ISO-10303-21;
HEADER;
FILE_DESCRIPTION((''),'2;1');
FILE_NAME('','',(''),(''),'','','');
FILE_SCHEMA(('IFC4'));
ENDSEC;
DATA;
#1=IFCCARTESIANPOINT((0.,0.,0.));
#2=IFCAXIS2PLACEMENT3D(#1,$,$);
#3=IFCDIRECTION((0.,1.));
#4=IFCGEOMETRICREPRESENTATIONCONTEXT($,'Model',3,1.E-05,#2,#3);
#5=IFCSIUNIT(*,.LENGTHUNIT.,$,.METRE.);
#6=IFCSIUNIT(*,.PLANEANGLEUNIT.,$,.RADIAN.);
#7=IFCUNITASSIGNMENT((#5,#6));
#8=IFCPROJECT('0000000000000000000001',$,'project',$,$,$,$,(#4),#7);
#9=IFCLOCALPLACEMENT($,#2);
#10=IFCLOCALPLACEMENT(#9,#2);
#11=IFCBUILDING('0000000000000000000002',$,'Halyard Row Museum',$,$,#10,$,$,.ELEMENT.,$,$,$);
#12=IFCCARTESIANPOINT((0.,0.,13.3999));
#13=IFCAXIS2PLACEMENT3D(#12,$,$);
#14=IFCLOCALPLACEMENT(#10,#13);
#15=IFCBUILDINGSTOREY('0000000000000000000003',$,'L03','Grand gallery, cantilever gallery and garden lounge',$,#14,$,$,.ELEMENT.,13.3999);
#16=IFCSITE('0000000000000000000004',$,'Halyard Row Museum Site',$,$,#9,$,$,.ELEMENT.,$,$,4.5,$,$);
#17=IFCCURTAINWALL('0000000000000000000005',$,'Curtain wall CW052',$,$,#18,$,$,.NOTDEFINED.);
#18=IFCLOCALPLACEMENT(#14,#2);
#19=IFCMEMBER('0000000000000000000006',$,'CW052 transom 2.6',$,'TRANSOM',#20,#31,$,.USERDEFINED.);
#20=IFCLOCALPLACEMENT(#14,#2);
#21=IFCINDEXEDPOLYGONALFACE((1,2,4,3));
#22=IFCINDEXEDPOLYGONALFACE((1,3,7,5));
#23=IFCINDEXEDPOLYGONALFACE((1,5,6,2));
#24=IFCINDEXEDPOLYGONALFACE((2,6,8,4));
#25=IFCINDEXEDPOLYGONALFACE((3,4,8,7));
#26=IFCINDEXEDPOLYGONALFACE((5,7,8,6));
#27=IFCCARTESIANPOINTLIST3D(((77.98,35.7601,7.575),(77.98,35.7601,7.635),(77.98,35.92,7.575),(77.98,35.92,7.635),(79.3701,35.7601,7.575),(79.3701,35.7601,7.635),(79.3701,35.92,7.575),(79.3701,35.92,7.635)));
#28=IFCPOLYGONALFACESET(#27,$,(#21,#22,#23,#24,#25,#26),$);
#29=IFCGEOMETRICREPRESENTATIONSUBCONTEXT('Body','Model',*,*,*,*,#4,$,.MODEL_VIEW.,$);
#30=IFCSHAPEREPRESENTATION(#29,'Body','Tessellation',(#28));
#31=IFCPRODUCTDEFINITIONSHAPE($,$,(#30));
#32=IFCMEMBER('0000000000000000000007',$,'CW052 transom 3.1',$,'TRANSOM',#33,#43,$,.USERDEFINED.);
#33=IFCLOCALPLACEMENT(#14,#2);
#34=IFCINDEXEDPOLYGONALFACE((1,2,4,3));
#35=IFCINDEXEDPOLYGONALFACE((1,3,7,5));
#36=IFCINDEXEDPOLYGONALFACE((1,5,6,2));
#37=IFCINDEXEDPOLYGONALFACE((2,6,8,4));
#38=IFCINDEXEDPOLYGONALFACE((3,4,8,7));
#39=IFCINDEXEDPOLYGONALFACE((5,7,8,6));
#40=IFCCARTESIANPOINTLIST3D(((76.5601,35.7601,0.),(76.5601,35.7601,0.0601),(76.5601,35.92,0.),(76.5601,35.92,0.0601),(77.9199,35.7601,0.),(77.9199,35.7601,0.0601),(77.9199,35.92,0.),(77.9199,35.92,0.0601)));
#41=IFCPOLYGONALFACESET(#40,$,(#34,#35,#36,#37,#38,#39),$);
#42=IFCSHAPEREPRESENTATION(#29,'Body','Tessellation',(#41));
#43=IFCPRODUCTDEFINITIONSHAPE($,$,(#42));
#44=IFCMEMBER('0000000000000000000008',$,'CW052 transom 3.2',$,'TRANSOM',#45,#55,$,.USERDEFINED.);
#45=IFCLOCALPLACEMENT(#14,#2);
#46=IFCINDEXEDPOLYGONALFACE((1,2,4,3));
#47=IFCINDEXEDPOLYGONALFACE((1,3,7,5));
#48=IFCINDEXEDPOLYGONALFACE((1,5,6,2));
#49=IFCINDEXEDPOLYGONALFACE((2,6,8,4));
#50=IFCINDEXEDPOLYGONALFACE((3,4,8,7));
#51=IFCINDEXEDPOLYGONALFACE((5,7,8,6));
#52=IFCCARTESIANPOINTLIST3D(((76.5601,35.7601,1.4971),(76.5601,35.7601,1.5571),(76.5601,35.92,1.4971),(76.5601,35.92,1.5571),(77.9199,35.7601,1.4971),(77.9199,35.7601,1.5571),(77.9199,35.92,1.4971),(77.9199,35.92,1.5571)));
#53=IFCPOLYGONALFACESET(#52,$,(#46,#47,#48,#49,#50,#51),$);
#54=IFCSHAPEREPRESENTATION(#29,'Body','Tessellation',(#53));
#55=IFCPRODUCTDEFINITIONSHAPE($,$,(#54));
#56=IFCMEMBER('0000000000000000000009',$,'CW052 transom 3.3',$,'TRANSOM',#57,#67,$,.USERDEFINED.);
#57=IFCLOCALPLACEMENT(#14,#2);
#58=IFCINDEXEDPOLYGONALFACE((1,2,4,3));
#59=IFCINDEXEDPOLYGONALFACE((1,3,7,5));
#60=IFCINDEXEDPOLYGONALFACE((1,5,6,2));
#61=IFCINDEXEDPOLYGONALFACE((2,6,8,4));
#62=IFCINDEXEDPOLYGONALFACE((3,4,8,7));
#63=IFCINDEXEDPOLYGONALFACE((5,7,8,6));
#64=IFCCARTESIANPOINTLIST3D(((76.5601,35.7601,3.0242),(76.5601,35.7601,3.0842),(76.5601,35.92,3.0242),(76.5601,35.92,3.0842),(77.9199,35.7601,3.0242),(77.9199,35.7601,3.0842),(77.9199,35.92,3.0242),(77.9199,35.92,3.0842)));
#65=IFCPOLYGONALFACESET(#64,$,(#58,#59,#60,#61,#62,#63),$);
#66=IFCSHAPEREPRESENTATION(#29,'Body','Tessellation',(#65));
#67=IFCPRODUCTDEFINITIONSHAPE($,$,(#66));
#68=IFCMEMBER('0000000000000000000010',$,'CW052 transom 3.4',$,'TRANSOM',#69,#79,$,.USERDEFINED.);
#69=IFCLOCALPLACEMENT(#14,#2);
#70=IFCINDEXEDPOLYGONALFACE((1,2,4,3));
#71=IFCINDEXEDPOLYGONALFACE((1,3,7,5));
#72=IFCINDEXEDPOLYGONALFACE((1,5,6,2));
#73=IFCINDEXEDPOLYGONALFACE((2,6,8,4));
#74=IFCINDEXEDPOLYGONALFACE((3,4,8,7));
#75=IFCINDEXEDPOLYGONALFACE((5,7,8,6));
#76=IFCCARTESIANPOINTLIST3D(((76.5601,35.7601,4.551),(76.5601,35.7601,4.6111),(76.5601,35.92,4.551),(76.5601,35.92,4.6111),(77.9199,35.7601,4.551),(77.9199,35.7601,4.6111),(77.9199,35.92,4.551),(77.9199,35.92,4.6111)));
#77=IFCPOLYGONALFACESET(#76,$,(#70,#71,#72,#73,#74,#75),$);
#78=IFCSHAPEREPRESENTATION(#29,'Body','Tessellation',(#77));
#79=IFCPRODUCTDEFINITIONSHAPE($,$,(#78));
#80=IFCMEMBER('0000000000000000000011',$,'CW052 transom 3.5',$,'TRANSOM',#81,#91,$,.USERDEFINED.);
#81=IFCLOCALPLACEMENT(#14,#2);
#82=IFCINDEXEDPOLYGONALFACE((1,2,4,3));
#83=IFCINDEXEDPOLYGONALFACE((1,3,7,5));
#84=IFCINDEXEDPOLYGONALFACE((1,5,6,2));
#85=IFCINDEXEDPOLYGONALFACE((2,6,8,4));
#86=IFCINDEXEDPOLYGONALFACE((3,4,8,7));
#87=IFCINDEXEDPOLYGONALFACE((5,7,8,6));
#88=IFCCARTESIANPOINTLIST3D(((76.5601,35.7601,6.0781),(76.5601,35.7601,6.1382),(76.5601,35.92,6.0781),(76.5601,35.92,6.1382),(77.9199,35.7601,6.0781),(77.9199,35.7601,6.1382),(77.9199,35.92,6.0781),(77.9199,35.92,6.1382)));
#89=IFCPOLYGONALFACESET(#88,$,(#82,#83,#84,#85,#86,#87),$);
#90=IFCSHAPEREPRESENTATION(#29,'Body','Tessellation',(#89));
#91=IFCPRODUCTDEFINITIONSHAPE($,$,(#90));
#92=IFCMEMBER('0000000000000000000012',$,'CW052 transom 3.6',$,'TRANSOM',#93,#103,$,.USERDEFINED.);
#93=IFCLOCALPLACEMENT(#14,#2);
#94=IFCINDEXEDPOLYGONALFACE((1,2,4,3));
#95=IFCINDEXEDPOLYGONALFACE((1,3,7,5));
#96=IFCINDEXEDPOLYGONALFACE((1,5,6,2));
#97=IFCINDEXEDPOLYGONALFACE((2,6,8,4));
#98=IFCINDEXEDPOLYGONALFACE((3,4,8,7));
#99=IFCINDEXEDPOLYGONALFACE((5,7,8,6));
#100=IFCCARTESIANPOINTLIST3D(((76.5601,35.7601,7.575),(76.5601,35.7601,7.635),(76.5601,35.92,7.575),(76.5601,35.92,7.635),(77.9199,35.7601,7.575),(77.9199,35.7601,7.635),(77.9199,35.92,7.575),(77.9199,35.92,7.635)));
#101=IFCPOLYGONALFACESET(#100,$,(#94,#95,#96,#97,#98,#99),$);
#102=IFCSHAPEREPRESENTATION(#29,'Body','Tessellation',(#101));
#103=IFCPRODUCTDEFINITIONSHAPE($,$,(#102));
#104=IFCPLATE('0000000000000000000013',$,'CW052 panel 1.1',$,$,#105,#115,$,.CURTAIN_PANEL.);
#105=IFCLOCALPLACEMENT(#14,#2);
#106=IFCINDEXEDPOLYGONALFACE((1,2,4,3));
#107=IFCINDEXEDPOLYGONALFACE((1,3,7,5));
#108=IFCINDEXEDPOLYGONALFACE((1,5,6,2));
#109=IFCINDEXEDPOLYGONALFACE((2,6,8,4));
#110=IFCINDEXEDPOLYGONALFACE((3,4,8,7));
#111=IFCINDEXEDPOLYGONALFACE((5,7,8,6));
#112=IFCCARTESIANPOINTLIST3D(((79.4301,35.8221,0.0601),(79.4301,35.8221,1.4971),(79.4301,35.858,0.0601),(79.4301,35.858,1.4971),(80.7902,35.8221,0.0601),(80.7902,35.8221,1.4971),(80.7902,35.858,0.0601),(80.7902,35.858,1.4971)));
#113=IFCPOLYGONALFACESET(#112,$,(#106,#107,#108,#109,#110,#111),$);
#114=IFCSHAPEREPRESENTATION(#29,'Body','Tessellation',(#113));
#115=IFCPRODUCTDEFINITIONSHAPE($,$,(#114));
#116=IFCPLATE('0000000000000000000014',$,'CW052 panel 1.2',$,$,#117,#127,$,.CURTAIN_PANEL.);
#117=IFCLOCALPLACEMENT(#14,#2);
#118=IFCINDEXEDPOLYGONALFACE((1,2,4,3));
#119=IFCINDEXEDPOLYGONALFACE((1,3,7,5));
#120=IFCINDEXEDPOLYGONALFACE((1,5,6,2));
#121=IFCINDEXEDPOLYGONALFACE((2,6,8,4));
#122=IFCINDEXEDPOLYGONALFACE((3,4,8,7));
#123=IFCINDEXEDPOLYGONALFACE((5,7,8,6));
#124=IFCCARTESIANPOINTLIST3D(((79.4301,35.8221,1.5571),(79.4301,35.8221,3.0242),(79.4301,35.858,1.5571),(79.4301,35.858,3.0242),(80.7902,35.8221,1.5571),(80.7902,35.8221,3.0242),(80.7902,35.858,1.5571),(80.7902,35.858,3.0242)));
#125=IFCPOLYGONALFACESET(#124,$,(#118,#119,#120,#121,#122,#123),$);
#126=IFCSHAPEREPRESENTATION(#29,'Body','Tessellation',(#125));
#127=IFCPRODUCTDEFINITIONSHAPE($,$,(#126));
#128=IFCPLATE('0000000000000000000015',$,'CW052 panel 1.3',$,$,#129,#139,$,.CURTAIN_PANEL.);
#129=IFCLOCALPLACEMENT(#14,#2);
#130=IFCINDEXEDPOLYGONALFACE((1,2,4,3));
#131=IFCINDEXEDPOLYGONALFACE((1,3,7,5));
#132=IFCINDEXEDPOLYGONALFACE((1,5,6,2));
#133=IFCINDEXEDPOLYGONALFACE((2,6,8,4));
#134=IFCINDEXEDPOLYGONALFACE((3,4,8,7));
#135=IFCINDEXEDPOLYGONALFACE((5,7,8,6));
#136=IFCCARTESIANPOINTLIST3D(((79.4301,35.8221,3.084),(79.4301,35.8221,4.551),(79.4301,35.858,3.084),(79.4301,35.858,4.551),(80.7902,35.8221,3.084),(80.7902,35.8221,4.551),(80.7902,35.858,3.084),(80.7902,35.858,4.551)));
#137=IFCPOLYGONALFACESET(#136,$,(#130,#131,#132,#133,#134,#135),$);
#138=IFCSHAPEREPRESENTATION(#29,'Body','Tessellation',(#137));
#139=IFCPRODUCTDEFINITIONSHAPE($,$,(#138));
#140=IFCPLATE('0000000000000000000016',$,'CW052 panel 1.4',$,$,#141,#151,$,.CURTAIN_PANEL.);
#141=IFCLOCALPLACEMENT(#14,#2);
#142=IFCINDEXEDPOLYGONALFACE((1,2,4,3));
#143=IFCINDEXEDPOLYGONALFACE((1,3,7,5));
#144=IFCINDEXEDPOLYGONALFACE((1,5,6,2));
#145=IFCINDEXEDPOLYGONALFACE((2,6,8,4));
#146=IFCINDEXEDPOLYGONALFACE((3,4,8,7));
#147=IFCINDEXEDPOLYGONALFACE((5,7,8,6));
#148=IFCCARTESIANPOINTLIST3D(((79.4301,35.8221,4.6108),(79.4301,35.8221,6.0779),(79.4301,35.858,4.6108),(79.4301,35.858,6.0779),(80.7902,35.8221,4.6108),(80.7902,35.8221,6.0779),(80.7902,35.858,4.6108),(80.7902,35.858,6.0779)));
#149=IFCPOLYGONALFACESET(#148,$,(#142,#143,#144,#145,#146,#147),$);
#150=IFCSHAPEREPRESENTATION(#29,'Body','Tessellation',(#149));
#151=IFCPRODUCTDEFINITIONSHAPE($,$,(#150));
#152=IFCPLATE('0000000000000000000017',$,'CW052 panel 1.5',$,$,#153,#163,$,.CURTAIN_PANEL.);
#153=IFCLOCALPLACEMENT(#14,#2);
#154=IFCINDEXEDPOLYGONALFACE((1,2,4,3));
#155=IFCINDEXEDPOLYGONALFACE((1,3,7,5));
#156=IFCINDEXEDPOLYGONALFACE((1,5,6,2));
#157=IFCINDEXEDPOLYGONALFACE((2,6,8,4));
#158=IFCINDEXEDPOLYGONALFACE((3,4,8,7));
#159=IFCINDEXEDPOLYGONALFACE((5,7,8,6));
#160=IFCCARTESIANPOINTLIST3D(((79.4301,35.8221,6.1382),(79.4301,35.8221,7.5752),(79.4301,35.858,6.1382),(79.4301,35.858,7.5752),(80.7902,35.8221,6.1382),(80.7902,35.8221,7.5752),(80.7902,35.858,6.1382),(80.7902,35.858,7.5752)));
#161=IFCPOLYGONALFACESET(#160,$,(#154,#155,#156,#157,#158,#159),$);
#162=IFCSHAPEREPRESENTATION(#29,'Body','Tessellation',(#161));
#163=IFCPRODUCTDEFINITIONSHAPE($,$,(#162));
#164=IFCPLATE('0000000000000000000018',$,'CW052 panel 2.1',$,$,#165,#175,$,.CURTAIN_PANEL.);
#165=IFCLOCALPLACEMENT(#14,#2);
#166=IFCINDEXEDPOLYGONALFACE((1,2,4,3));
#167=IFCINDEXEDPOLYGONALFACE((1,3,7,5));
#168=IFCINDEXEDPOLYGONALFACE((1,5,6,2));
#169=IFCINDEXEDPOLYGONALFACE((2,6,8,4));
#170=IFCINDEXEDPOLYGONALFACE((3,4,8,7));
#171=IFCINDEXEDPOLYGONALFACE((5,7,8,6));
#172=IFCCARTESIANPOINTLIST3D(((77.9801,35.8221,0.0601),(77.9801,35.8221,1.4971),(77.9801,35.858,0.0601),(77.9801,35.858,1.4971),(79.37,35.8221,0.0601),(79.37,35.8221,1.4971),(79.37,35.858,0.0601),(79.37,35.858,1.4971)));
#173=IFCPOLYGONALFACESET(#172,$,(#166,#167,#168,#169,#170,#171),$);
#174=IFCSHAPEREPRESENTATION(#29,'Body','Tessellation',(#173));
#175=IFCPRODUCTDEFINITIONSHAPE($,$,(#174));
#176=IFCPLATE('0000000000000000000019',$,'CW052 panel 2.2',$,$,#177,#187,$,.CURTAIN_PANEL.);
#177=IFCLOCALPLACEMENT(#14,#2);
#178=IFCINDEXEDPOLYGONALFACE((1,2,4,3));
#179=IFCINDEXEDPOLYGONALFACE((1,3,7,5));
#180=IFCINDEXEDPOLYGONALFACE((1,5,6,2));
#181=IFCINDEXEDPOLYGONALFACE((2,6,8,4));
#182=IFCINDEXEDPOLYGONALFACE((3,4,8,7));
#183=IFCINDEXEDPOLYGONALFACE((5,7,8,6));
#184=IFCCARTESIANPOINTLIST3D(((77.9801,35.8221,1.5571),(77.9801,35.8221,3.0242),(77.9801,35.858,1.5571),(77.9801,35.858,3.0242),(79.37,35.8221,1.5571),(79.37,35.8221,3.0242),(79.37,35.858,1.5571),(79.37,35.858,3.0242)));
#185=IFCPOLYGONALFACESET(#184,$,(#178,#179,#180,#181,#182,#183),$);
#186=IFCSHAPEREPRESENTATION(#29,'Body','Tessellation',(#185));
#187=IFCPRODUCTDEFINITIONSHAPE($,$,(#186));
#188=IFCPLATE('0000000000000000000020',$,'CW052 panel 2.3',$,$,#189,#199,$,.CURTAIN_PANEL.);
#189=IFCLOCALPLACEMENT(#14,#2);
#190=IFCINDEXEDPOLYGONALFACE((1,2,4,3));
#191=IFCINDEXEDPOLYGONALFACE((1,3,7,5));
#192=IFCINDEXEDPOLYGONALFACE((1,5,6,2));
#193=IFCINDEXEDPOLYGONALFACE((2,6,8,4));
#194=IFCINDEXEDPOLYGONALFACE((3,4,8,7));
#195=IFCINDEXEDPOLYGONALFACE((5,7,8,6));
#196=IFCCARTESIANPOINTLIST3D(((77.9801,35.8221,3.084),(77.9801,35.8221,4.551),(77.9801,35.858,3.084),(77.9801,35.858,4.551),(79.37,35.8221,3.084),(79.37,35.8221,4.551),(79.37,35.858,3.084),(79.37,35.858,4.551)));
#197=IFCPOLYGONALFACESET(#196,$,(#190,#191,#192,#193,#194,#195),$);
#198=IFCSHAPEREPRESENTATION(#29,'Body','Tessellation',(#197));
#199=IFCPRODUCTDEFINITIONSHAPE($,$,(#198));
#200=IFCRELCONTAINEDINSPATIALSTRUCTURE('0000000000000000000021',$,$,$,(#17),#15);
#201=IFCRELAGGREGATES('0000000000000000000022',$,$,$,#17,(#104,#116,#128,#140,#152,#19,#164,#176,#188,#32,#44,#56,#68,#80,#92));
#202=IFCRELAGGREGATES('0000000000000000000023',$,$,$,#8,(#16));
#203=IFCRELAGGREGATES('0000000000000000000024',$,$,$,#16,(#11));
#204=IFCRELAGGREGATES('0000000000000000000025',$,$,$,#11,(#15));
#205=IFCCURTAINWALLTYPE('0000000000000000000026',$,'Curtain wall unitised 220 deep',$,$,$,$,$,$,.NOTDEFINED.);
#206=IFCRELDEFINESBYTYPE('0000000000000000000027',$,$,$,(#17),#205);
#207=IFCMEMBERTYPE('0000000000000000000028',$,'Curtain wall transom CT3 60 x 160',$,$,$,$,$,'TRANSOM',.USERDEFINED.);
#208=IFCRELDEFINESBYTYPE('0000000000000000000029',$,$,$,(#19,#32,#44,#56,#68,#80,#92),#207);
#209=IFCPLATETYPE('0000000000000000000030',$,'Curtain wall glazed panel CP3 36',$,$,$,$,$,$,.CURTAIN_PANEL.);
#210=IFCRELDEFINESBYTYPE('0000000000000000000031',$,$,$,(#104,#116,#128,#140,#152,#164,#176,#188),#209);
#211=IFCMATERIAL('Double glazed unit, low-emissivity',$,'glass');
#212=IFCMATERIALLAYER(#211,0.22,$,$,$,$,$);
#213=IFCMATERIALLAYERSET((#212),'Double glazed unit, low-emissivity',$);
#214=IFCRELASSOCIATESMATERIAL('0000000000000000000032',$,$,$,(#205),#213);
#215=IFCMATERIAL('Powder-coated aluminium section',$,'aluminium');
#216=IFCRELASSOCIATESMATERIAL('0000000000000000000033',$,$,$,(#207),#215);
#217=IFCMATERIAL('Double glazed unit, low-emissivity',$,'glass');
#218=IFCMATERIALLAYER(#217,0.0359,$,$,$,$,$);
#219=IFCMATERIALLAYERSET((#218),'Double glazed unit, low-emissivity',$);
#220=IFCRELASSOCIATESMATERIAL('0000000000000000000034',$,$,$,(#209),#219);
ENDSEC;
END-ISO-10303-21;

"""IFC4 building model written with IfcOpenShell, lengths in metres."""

from ifc_helpers import new_model, si_unit, direction, frame, origin, origin_2d, place, context, subcontext, project, spatial, rectangle, extrude, material, layer, layer_set, material_profile, profile_set, type_object, element, aggregate, save


model = new_model("IFC4")

# Units and contexts
model_context = context("Model", 3, precision=1e-05, world=origin(), true_north=direction((0.0, 1.0)))
body_context = subcontext(model_context, "Body", "Model", "MODEL_VIEW")
ifc_project = project(units=[si_unit("LENGTHUNIT", "METRE"), si_unit("PLANEANGLEUNIT", "RADIAN")], contexts=[model_context])

# Site, building, storey
site_placement = place(None, origin())
site = spatial("IfcSite", under=ifc_project, at=site_placement, Name="Halyard Row Museum Site", CompositionType="ELEMENT", RefElevation=4.5)
building_placement = place(site_placement, origin())
building = spatial("IfcBuilding", under=site, at=building_placement, Name="Halyard Row Museum", CompositionType="ELEMENT")
storey_placement = place(building_placement, frame((0.0, 0.0, 13.3999)))
storey = spatial("IfcBuildingStorey", under=building, at=storey_placement, Name="L03", Description="Grand gallery, cantilever gallery and garden lounge", CompositionType="ELEMENT", Elevation=13.3999)

# Curtain wall, members, plates
ifc_material_1 = material(Name="Double glazed unit, low-emissivity", Category="glass")
ifc_layer_1 = layer(ifc_material_1, 0.22)
ifc_layer_set_1 = layer_set([ifc_layer_1], Name="Double glazed unit, low-emissivity")
curtain_wall_type = type_object("IfcCurtainWallType", Name="Curtain wall unitised 220 deep", PredefinedType="NOTDEFINED", material=ifc_layer_set_1)
curtain_wall_placement = place(storey_placement, origin())
curtain_wall = element("IfcCurtainWall", 1, at=curtain_wall_placement, inside=storey, type_object=curtain_wall_type, Name="Curtain wall CW052", PredefinedType="NOTDEFINED")
ifc_material_2 = material(Name="Powder-coated aluminium section", Category="aluminium")
ifc_material_profile_1 = material_profile(ifc_material_2, rectangle(XDim=0.1599, YDim=0.0601, at=origin_2d()), Name="160x60 transom")
ifc_profile_set_1 = profile_set([ifc_material_profile_1], Name="Powder-coated aluminium section")
member_type_1 = type_object("IfcMemberType", Name="Curtain wall transom CT3 60 x 160", ElementType="TRANSOM", PredefinedType="USERDEFINED", material=ifc_profile_set_1)
member_1_placement = place(storey_placement, frame((79.3701, 35.8401, 7.605), z_axis=(-1.0, 0.0, 0.0), x_axis=(0.0, -1.0, 0.0)))
member_1 = element("IfcMember", 2, at=member_1_placement, type_object=member_type_1, Name="CW052 transom 2.6", ObjectType="TRANSOM", PredefinedType="USERDEFINED", context=body_context, shape_type="SweptSolid", body=[
    extrude(rectangle(XDim=0.1599, YDim=0.0601, at=origin_2d()), origin(), (0.0, 0.0, 1.0), 1.3901),
])
member_2_placement = place(storey_placement, frame((77.9199, 35.8401, 0.03), z_axis=(-1.0, 0.0, 0.0), x_axis=(0.0, -1.0, 0.0)))
member_2 = element("IfcMember", 3, at=member_2_placement, type_object=member_type_1, Name="CW052 transom 3.1", ObjectType="TRANSOM", PredefinedType="USERDEFINED", context=body_context, shape_type="SweptSolid", body=[
    extrude(rectangle(XDim=0.1599, YDim=0.0601, at=origin_2d()), origin(), (0.0, 0.0, 1.0), 1.3599),
])
member_3_placement = place(storey_placement, frame((77.9199, 35.8401, 1.5271), z_axis=(-1.0, 0.0, 0.0), x_axis=(0.0, -1.0, 0.0)))
member_3 = element("IfcMember", 4, at=member_3_placement, type_object=member_type_1, Name="CW052 transom 3.2", ObjectType="TRANSOM", PredefinedType="USERDEFINED", context=body_context, shape_type="SweptSolid", body=[
    extrude(rectangle(XDim=0.1599, YDim=0.0601, at=origin_2d()), origin(), (0.0, 0.0, 1.0), 1.3599),
])
member_4_placement = place(storey_placement, frame((77.9199, 35.8401, 3.0542), z_axis=(-1.0, 0.0, 0.0), x_axis=(0.0, -1.0, 0.0)))
member_4 = element("IfcMember", 5, at=member_4_placement, type_object=member_type_1, Name="CW052 transom 3.3", ObjectType="TRANSOM", PredefinedType="USERDEFINED", context=body_context, shape_type="SweptSolid", body=[
    extrude(rectangle(XDim=0.1599, YDim=0.0601, at=origin_2d()), origin(), (0.0, 0.0, 1.0), 1.3599),
])
member_5_placement = place(storey_placement, frame((77.9199, 35.8401, 4.5811), z_axis=(-1.0, 0.0, 0.0), x_axis=(0.0, -1.0, 0.0)))
member_5 = element("IfcMember", 6, at=member_5_placement, type_object=member_type_1, Name="CW052 transom 3.4", ObjectType="TRANSOM", PredefinedType="USERDEFINED", context=body_context, shape_type="SweptSolid", body=[
    extrude(rectangle(XDim=0.1599, YDim=0.0601, at=origin_2d()), origin(), (0.0, 0.0, 1.0), 1.3599),
])
member_6_placement = place(storey_placement, frame((77.9199, 35.8401, 6.1082), z_axis=(-1.0, 0.0, 0.0), x_axis=(0.0, -1.0, 0.0)))
member_6 = element("IfcMember", 7, at=member_6_placement, type_object=member_type_1, Name="CW052 transom 3.5", ObjectType="TRANSOM", PredefinedType="USERDEFINED", context=body_context, shape_type="SweptSolid", body=[
    extrude(rectangle(XDim=0.1599, YDim=0.0601, at=origin_2d()), origin(), (0.0, 0.0, 1.0), 1.3599),
])
member_7_placement = place(storey_placement, frame((77.9199, 35.8401, 7.605), z_axis=(-1.0, 0.0, 0.0), x_axis=(0.0, -1.0, 0.0)))
member_7 = element("IfcMember", 8, at=member_7_placement, type_object=member_type_1, Name="CW052 transom 3.6", ObjectType="TRANSOM", PredefinedType="USERDEFINED", context=body_context, shape_type="SweptSolid", body=[
    extrude(rectangle(XDim=0.1599, YDim=0.0601, at=origin_2d()), origin(), (0.0, 0.0, 1.0), 1.3599),
])
ifc_material_3 = material(Name="Double glazed unit, low-emissivity", Category="glass")
ifc_layer_2 = layer(ifc_material_3, 0.0359)
ifc_layer_set_2 = layer_set([ifc_layer_2], Name="Double glazed unit, low-emissivity")
plate_type = type_object("IfcPlateType", Name="Curtain wall glazed panel CP3 36", PredefinedType="CURTAIN_PANEL", material=ifc_layer_set_2)
plate_1_placement = place(storey_placement, frame((80.1101, 35.8401, 0.0601), z_axis=(0.0, 0.0, 1.0), x_axis=(-1.0, 0.0, 0.0)))
plate_1 = element("IfcPlate", 9, at=plate_1_placement, type_object=plate_type, Name="CW052 panel 1.1", PredefinedType="CURTAIN_PANEL", context=body_context, shape_type="SweptSolid", body=[
    extrude(rectangle(XDim=1.3601, YDim=0.0359, at=origin_2d()), origin(), (0.0, 0.0, 1.0), 1.437),
])
plate_2_placement = place(storey_placement, frame((80.1101, 35.8401, 1.5571), z_axis=(0.0, 0.0, 1.0), x_axis=(-1.0, 0.0, 0.0)))
plate_2 = element("IfcPlate", 10, at=plate_2_placement, type_object=plate_type, Name="CW052 panel 1.2", PredefinedType="CURTAIN_PANEL", context=body_context, shape_type="SweptSolid", body=[
    extrude(rectangle(XDim=1.3601, YDim=0.0359, at=origin_2d()), origin(), (0.0, 0.0, 1.0), 1.467),
])
plate_3_placement = place(storey_placement, frame((80.1101, 35.8401, 3.084), z_axis=(0.0, 0.0, 1.0), x_axis=(-1.0, 0.0, 0.0)))
plate_3 = element("IfcPlate", 11, at=plate_3_placement, type_object=plate_type, Name="CW052 panel 1.3", PredefinedType="CURTAIN_PANEL", context=body_context, shape_type="SweptSolid", body=[
    extrude(rectangle(XDim=1.3601, YDim=0.0359, at=origin_2d()), origin(), (0.0, 0.0, 1.0), 1.467),
])
plate_4_placement = place(storey_placement, frame((80.1101, 35.8401, 4.6108), z_axis=(0.0, 0.0, 1.0), x_axis=(-1.0, 0.0, 0.0)))
plate_4 = element("IfcPlate", 12, at=plate_4_placement, type_object=plate_type, Name="CW052 panel 1.4", PredefinedType="CURTAIN_PANEL", context=body_context, shape_type="SweptSolid", body=[
    extrude(rectangle(XDim=1.3601, YDim=0.0359, at=origin_2d()), origin(), (0.0, 0.0, 1.0), 1.467),
])
plate_5_placement = place(storey_placement, frame((80.1101, 35.8401, 6.1382), z_axis=(0.0, 0.0, 1.0), x_axis=(-1.0, 0.0, 0.0)))
plate_5 = element("IfcPlate", 13, at=plate_5_placement, type_object=plate_type, Name="CW052 panel 1.5", PredefinedType="CURTAIN_PANEL", context=body_context, shape_type="SweptSolid", body=[
    extrude(rectangle(XDim=1.3601, YDim=0.0359, at=origin_2d()), origin(), (0.0, 0.0, 1.0), 1.437),
])
plate_6_placement = place(storey_placement, frame((78.675, 35.8401, 0.0601), z_axis=(0.0, 0.0, 1.0), x_axis=(-1.0, 0.0, 0.0)))
plate_6 = element("IfcPlate", 14, at=plate_6_placement, type_object=plate_type, Name="CW052 panel 2.1", PredefinedType="CURTAIN_PANEL", context=body_context, shape_type="SweptSolid", body=[
    extrude(rectangle(XDim=1.3899, YDim=0.0359, at=origin_2d()), origin(), (0.0, 0.0, 1.0), 1.437),
])
plate_7_placement = place(storey_placement, frame((78.675, 35.8401, 1.5571), z_axis=(0.0, 0.0, 1.0), x_axis=(-1.0, 0.0, 0.0)))
plate_7 = element("IfcPlate", 15, at=plate_7_placement, type_object=plate_type, Name="CW052 panel 2.2", PredefinedType="CURTAIN_PANEL", context=body_context, shape_type="SweptSolid", body=[
    extrude(rectangle(XDim=1.3899, YDim=0.0359, at=origin_2d()), origin(), (0.0, 0.0, 1.0), 1.467),
])
plate_8_placement = place(storey_placement, frame((78.675, 35.8401, 3.084), z_axis=(0.0, 0.0, 1.0), x_axis=(-1.0, 0.0, 0.0)))
plate_8 = element("IfcPlate", 16, at=plate_8_placement, type_object=plate_type, Name="CW052 panel 2.3", PredefinedType="CURTAIN_PANEL", context=body_context, shape_type="SweptSolid", body=[
    extrude(rectangle(XDim=1.3899, YDim=0.0359, at=origin_2d()), origin(), (0.0, 0.0, 1.0), 1.467),
])
aggregate(curtain_wall, [plate_1, plate_2, plate_3, plate_4, plate_5, member_1, plate_6, plate_7, plate_8, member_2, member_3, member_4, member_5, member_6, member_7])

save(model, "model.ifc")
